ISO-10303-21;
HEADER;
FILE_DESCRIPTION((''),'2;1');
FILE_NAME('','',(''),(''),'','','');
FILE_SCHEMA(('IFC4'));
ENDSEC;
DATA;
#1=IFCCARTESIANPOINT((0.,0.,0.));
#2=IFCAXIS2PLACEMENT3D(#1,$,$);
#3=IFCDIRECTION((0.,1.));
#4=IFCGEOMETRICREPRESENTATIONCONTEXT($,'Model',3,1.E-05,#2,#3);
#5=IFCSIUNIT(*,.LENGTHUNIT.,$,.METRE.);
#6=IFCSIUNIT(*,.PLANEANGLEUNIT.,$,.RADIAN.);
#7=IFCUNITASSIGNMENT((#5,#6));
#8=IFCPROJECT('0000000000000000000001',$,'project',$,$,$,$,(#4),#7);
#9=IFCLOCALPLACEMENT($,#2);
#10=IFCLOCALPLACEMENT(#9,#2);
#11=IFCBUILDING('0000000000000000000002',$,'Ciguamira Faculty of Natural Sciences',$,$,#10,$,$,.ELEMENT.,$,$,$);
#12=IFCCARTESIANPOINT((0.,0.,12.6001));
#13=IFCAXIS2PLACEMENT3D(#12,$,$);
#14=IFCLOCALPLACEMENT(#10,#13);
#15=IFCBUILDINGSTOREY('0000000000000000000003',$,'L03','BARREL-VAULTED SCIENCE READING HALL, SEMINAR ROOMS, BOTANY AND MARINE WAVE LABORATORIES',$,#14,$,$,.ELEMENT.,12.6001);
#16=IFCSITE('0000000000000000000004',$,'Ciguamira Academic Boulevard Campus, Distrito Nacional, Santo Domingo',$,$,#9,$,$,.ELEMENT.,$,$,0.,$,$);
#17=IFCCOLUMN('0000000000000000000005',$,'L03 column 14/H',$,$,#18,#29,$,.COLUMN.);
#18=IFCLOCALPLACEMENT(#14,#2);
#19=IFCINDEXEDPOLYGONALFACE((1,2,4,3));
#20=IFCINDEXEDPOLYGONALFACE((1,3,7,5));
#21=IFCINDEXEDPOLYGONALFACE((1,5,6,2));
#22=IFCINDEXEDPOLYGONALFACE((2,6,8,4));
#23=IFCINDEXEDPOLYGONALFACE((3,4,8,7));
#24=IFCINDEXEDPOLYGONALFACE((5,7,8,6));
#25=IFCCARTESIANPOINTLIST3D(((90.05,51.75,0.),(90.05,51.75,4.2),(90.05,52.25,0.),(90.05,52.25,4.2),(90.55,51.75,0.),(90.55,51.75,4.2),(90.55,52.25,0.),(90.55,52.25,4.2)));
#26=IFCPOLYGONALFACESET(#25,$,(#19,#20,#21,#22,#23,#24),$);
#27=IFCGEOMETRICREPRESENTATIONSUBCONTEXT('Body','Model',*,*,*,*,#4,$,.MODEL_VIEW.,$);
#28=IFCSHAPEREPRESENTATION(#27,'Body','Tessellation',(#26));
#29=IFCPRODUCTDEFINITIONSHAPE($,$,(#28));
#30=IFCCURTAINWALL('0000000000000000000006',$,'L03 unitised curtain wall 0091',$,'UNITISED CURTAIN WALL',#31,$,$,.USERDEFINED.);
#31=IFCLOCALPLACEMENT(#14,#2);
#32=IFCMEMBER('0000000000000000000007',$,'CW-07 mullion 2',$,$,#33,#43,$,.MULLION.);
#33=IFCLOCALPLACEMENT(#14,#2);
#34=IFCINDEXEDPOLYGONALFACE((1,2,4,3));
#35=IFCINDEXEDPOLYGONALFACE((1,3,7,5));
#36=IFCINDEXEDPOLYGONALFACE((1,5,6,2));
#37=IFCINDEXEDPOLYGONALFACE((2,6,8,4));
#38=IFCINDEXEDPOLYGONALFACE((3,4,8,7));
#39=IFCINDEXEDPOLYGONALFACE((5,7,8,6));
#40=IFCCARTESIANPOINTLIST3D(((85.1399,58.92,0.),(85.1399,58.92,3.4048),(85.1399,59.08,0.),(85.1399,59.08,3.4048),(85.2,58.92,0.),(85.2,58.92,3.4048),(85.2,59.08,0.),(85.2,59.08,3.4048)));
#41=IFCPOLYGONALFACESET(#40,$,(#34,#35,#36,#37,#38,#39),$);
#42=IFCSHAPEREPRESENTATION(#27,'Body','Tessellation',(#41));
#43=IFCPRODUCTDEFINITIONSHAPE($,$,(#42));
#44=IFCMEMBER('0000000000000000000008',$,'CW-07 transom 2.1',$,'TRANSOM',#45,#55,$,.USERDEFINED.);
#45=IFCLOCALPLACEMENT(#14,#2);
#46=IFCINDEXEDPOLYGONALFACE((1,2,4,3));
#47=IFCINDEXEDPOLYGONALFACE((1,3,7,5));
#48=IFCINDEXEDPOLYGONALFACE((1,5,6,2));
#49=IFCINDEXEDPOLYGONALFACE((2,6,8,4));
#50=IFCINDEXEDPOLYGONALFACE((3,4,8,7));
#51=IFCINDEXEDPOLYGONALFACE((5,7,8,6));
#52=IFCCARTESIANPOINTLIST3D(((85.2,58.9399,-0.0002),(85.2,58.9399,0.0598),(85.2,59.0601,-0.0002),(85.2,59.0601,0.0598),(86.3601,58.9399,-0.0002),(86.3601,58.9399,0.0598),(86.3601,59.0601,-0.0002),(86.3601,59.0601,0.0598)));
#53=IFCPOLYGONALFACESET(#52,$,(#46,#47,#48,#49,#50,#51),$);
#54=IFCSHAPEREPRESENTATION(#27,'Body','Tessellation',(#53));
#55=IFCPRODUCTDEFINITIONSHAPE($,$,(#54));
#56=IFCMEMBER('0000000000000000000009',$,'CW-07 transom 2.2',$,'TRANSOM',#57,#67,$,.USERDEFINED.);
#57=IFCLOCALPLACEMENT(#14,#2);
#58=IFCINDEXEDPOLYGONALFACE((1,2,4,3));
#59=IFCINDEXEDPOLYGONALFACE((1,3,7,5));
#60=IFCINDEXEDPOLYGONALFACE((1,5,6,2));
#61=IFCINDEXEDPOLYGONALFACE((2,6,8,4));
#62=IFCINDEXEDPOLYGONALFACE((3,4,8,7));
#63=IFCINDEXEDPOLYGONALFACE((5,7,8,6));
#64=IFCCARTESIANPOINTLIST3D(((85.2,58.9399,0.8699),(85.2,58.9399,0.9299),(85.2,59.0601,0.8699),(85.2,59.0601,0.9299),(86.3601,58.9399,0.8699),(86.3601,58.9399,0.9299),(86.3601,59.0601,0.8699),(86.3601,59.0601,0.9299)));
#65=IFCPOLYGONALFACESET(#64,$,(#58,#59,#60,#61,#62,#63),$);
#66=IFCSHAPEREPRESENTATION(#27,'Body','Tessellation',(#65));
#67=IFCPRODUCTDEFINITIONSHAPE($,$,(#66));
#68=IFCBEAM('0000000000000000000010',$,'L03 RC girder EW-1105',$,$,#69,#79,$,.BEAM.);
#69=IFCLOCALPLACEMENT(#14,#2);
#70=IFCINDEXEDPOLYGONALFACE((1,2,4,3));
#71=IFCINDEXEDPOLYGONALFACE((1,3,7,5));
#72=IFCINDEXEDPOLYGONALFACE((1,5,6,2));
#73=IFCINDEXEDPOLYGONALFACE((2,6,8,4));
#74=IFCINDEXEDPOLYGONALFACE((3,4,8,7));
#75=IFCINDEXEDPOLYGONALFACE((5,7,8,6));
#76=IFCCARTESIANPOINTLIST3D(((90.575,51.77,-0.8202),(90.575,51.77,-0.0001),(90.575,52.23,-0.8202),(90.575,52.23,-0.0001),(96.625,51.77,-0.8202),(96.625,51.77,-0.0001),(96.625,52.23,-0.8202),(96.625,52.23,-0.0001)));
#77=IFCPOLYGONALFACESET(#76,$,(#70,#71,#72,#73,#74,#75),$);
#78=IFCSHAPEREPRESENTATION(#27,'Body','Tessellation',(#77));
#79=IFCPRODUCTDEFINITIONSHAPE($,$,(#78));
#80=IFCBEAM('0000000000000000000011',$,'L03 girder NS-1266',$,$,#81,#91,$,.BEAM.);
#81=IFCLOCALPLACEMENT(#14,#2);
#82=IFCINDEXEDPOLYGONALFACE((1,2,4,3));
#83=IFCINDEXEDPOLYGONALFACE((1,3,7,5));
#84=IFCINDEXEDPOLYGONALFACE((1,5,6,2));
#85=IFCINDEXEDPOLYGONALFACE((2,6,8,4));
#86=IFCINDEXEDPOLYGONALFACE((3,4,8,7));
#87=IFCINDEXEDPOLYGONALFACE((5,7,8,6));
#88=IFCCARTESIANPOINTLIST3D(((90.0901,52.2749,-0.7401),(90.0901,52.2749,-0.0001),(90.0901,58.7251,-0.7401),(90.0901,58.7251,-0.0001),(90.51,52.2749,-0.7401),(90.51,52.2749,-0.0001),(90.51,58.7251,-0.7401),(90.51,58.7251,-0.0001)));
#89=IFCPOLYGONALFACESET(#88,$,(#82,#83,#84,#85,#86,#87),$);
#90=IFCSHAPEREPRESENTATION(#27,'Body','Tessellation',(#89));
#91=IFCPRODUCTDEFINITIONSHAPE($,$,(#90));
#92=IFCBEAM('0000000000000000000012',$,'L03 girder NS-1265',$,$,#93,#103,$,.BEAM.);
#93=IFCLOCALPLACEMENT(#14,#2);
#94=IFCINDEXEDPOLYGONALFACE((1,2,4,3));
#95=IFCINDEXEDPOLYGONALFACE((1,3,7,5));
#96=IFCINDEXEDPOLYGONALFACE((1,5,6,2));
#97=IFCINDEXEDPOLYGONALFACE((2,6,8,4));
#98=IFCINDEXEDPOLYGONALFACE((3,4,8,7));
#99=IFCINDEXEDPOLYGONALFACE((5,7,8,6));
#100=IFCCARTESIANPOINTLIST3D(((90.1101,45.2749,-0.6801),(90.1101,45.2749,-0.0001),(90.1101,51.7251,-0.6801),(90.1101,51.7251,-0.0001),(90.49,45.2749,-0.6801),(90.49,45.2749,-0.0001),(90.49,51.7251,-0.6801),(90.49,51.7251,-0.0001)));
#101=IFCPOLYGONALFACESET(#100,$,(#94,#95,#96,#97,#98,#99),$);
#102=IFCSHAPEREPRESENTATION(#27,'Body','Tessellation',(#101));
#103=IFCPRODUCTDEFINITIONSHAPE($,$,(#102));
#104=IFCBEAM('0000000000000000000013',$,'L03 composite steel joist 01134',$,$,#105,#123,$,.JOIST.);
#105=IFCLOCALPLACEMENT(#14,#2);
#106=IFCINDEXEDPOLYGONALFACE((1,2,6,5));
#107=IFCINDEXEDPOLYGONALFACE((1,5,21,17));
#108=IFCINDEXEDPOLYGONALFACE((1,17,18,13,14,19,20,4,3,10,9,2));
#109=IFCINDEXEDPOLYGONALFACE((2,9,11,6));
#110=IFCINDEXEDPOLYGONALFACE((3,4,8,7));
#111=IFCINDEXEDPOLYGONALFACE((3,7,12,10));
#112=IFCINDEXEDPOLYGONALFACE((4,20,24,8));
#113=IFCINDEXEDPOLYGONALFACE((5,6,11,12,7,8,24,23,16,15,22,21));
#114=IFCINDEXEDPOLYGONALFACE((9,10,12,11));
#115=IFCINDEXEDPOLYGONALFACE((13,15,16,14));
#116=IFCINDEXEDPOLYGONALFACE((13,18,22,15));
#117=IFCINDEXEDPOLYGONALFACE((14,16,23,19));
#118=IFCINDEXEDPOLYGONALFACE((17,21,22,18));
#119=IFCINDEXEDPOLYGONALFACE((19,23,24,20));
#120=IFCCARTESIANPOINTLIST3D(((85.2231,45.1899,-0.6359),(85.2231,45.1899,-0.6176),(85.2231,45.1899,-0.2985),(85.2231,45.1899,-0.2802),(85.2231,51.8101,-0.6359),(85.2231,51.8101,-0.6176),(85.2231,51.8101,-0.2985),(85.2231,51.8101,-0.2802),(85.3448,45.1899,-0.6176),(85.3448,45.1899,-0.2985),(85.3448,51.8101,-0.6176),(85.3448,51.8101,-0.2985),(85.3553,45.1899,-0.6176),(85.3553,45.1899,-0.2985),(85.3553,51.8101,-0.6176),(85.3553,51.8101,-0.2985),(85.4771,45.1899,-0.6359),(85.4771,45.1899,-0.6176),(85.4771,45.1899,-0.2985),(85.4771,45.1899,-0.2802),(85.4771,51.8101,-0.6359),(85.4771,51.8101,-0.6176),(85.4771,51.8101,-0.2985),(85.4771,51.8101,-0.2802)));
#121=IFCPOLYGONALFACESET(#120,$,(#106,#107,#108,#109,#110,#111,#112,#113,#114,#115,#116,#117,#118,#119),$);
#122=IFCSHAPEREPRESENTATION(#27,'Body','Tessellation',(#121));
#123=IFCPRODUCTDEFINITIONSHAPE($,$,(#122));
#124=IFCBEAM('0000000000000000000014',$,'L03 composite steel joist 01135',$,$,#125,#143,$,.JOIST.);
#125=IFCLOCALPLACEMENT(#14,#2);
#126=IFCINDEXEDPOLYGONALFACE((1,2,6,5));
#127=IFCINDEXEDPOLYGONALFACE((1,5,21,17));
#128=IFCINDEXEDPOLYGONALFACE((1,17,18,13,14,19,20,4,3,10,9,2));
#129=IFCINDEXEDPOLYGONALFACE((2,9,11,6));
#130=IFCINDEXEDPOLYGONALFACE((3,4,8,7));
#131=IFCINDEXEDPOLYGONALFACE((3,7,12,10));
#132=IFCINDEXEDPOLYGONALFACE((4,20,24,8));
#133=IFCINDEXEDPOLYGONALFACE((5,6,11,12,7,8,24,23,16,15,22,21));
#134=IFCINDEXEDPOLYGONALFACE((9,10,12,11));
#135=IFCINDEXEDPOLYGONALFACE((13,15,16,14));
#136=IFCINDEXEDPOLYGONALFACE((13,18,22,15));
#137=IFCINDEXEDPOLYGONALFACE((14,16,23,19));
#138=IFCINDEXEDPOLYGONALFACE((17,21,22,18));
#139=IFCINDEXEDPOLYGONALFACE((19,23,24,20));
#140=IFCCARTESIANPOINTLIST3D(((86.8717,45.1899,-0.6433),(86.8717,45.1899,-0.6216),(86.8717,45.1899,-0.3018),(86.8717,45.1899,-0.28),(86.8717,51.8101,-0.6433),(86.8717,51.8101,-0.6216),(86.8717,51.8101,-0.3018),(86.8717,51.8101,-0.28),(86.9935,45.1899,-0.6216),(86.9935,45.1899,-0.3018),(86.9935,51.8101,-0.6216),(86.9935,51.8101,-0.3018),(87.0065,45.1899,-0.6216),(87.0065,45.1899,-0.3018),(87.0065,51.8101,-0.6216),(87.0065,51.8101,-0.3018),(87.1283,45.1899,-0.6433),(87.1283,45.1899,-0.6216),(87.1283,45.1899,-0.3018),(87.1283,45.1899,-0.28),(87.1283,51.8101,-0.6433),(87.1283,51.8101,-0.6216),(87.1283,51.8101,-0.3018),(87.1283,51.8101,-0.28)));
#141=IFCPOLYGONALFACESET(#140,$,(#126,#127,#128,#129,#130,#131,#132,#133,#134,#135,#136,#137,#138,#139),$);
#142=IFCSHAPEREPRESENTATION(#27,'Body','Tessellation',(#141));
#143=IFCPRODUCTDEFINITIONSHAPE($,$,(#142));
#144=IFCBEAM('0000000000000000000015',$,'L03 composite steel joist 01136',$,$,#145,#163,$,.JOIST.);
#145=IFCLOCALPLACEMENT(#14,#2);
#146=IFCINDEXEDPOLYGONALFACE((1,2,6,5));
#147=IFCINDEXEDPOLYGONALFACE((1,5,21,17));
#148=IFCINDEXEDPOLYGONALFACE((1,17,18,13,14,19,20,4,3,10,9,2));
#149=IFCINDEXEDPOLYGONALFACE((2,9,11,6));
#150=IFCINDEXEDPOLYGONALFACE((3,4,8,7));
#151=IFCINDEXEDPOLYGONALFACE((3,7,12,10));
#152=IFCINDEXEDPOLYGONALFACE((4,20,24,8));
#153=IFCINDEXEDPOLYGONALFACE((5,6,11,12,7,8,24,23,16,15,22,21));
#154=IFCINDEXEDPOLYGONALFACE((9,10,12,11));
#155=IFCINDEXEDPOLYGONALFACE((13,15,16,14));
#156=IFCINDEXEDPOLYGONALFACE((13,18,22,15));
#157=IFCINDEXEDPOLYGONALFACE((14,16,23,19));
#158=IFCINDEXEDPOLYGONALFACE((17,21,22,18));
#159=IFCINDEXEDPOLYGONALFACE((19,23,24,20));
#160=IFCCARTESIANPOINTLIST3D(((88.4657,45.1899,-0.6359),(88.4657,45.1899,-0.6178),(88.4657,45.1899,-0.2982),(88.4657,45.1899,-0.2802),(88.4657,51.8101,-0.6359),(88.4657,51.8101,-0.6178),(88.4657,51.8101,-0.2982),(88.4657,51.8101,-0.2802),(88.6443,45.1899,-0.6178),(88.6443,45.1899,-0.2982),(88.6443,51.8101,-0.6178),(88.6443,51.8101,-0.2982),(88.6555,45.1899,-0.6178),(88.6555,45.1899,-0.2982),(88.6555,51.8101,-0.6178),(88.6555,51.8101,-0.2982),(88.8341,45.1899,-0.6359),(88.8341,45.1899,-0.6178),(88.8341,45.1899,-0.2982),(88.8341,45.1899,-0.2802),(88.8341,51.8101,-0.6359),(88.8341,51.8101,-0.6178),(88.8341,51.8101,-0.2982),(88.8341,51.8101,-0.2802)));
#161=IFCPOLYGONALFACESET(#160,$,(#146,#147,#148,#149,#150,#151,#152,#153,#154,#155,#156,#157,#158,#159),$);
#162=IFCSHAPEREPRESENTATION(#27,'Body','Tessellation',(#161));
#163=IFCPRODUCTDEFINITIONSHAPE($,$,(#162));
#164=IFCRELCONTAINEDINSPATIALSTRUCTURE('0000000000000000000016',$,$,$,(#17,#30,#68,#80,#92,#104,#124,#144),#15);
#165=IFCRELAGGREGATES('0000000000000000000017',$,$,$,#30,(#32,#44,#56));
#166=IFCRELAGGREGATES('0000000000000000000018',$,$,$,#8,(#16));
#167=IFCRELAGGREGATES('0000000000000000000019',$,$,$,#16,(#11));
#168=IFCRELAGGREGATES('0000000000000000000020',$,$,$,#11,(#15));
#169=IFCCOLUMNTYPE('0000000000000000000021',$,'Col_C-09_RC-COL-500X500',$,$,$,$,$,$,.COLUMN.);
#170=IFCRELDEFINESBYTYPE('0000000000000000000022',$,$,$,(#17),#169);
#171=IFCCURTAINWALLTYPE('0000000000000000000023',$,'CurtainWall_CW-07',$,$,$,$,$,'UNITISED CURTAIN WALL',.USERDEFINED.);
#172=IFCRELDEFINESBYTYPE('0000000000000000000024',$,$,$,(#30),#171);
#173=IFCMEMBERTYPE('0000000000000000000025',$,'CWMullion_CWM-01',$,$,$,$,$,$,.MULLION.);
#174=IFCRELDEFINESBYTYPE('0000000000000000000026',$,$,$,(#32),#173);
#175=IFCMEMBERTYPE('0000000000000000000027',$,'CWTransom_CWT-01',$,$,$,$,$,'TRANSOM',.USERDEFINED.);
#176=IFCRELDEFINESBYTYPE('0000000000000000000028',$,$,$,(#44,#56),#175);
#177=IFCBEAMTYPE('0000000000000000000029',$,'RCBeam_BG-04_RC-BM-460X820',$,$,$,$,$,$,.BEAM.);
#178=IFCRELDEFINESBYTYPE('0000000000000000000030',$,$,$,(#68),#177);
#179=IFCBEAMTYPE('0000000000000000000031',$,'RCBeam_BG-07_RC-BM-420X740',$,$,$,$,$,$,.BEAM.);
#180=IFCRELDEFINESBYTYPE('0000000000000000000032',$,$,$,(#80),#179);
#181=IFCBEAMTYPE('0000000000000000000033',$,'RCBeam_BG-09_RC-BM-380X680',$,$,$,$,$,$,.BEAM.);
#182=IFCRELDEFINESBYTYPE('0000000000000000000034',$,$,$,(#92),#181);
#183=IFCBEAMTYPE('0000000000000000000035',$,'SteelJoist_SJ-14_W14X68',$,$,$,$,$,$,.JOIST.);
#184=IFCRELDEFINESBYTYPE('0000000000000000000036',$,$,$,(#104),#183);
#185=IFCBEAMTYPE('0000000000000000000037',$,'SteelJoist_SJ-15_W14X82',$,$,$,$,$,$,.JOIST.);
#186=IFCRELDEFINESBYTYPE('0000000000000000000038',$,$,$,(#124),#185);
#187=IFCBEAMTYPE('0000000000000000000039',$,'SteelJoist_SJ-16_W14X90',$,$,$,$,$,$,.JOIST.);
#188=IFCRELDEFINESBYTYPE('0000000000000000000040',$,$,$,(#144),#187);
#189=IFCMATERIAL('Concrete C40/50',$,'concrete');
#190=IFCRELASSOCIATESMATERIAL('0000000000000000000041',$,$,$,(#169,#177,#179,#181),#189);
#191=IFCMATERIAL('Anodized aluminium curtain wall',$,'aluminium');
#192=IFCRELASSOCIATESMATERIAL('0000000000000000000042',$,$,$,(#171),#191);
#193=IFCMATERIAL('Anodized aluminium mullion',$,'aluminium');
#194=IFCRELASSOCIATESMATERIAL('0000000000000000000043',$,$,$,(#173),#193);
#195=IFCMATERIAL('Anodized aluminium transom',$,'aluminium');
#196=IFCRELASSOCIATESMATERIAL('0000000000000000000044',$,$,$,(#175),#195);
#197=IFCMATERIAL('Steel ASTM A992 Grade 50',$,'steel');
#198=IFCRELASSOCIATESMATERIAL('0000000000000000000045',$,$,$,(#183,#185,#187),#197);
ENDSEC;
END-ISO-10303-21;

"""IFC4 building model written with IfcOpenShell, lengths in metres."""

from ifc_helpers import new_model, si_unit, direction, frame, origin, origin_2d, place, context, subcontext, project, spatial, rectangle, i_section, extrude, material, material_profile, profile_set, type_object, element, aggregate, save


model = new_model("IFC4")

# Units and contexts
model_context = context("Model", 3, precision=1e-05, world=origin(), true_north=direction((0.0, 1.0)))
body_context = subcontext(model_context, "Body", "Model", "MODEL_VIEW")
ifc_project = project(units=[si_unit("LENGTHUNIT", "METRE"), si_unit("PLANEANGLEUNIT", "RADIAN")], contexts=[model_context])

# Site, building, storey
site_placement = place(None, origin())
site = spatial("IfcSite", under=ifc_project, at=site_placement, Name="Ciguamira Academic Boulevard Campus, Distrito Nacional, Santo Domingo", CompositionType="ELEMENT", RefElevation=0.0)
building_placement = place(site_placement, origin())
building = spatial("IfcBuilding", under=site, at=building_placement, Name="Ciguamira Faculty of Natural Sciences", CompositionType="ELEMENT")
storey_placement = place(building_placement, frame((0.0, 0.0, 12.6001)))
storey = spatial("IfcBuildingStorey", under=building, at=storey_placement, Name="L03", Description="BARREL-VAULTED SCIENCE READING HALL, SEMINAR ROOMS, BOTANY AND MARINE WAVE LABORATORIES", CompositionType="ELEMENT", Elevation=12.6001)

# Column
ifc_material_1 = material(Name="Concrete C40/50", Category="concrete")
ifc_material_profile_1 = material_profile(ifc_material_1, rectangle(XDim=0.5, YDim=0.5, at=origin_2d()), Name="RC-COL-500X500")
ifc_profile_set_1 = profile_set([ifc_material_profile_1], Name="Concrete C40/50")
column_type = type_object("IfcColumnType", Name="Col_C-09_RC-COL-500X500", PredefinedType="COLUMN", material=ifc_profile_set_1)
column_placement = place(storey_placement, frame((90.3, 52.0, 0.0), z_axis=(0.0, 0.0, 1.0), x_axis=(1.0, 0.0, 0.0)))
element("IfcColumn", 1, at=column_placement, inside=storey, type_object=column_type, Name="L03 column 14/H", PredefinedType="COLUMN", context=body_context, shape_type="SweptSolid", body=[
    extrude(rectangle(XDim=0.5, YDim=0.5, at=origin_2d()), origin(), (0.0, 0.0, 1.0), 4.2),
])

# Curtain wall, members
ifc_material_2 = material(Name="Anodized aluminium curtain wall", Category="aluminium")
curtain_wall_type = type_object("IfcCurtainWallType", Name="CurtainWall_CW-07", ElementType="UNITISED CURTAIN WALL", PredefinedType="USERDEFINED", material=ifc_material_2)
curtain_wall_placement = place(storey_placement, origin())
curtain_wall = element("IfcCurtainWall", 2, at=curtain_wall_placement, inside=storey, type_object=curtain_wall_type, Name="L03 unitised curtain wall 0091", ObjectType="UNITISED CURTAIN WALL", PredefinedType="USERDEFINED")
ifc_material_3 = material(Name="Anodized aluminium mullion", Category="aluminium")
ifc_material_profile_2 = material_profile(ifc_material_3, rectangle(XDim=0.0601, YDim=0.1599, at=origin_2d()), Name="ALU-MUL-60X160")
ifc_profile_set_2 = profile_set([ifc_material_profile_2], Name="Anodized aluminium mullion")
member_type_1 = type_object("IfcMemberType", Name="CWMullion_CWM-01", PredefinedType="MULLION", material=ifc_profile_set_2)
member_1_placement = place(storey_placement, frame((85.1699, 59.0, 0.0), z_axis=(0.0, 0.0, 1.0), x_axis=(1.0, 0.0, 0.0)))
member_1 = element("IfcMember", 3, at=member_1_placement, type_object=member_type_1, Name="CW-07 mullion 2", PredefinedType="MULLION", context=body_context, shape_type="SweptSolid", body=[
    extrude(rectangle(XDim=0.0601, YDim=0.1599, at=origin_2d()), origin(), (0.0, 0.0, 1.0), 3.4048),
])
ifc_material_4 = material(Name="Anodized aluminium transom", Category="aluminium")
ifc_material_profile_3 = material_profile(ifc_material_4, rectangle(XDim=0.0601, YDim=0.1201, at=origin_2d()), Name="ALU-TRN-60X120")
ifc_profile_set_3 = profile_set([ifc_material_profile_3], Name="Anodized aluminium transom")
member_type_2 = type_object("IfcMemberType", Name="CWTransom_CWT-01", ElementType="TRANSOM", PredefinedType="USERDEFINED", material=ifc_profile_set_3)
member_2_placement = place(storey_placement, frame((85.2, 59.0, 0.0298), z_axis=(1.0, 0.0, 0.0), x_axis=(0.0, 0.0, 1.0)))
member_2 = element("IfcMember", 4, at=member_2_placement, type_object=member_type_2, Name="CW-07 transom 2.1", ObjectType="TRANSOM", PredefinedType="USERDEFINED", context=body_context, shape_type="SweptSolid", body=[
    extrude(rectangle(XDim=0.0601, YDim=0.1201, at=origin_2d()), origin(), (0.0, 0.0, 1.0), 1.1602),
])
member_3_placement = place(storey_placement, frame((85.2, 59.0, 0.8999), z_axis=(1.0, 0.0, 0.0), x_axis=(0.0, 0.0, 1.0)))
member_3 = element("IfcMember", 5, at=member_3_placement, type_object=member_type_2, Name="CW-07 transom 2.2", ObjectType="TRANSOM", PredefinedType="USERDEFINED", context=body_context, shape_type="SweptSolid", body=[
    extrude(rectangle(XDim=0.0601, YDim=0.1201, at=origin_2d()), origin(), (0.0, 0.0, 1.0), 1.1602),
])
aggregate(curtain_wall, [member_1, member_2, member_3])

# Beams
ifc_material_profile_4 = material_profile(ifc_material_1, rectangle(XDim=0.46, YDim=0.8201, at=origin_2d()), Name="RC-BM-460X820")
ifc_profile_set_4 = profile_set([ifc_material_profile_4], Name="Concrete C40/50")
beam_type_1 = type_object("IfcBeamType", Name="RCBeam_BG-04_RC-BM-460X820", PredefinedType="BEAM", material=ifc_profile_set_4)
beam_1_placement = place(storey_placement, frame((90.575, 52.0, -0.4102), z_axis=(1.0, 0.0, 0.0), x_axis=(0.0, 1.0, 0.0)))
element("IfcBeam", 6, at=beam_1_placement, inside=storey, type_object=beam_type_1, Name="L03 RC girder EW-1105", PredefinedType="BEAM", context=body_context, shape_type="SweptSolid", body=[
    extrude(rectangle(XDim=0.46, YDim=0.8201, at=origin_2d()), origin(), (0.0, 0.0, 1.0), 6.05),
])
ifc_material_profile_5 = material_profile(ifc_material_1, rectangle(XDim=0.4199, YDim=0.74, at=origin_2d()), Name="RC-BM-420X740")
ifc_profile_set_5 = profile_set([ifc_material_profile_5], Name="Concrete C40/50")
beam_type_2 = type_object("IfcBeamType", Name="RCBeam_BG-07_RC-BM-420X740", PredefinedType="BEAM", material=ifc_profile_set_5)
beam_2_placement = place(storey_placement, frame((90.3, 52.2749, -0.3701), z_axis=(0.0, 1.0, 0.0), x_axis=(-1.0, 0.0, 0.0)))
element("IfcBeam", 7, at=beam_2_placement, inside=storey, type_object=beam_type_2, Name="L03 girder NS-1266", PredefinedType="BEAM", context=body_context, shape_type="SweptSolid", body=[
    extrude(rectangle(XDim=0.4199, YDim=0.74, at=origin_2d()), origin(), (0.0, 0.0, 1.0), 6.4502),
])
ifc_material_profile_6 = material_profile(ifc_material_1, rectangle(XDim=0.3799, YDim=0.6799, at=origin_2d()), Name="RC-BM-380X680")
ifc_profile_set_6 = profile_set([ifc_material_profile_6], Name="Concrete C40/50")
beam_type_3 = type_object("IfcBeamType", Name="RCBeam_BG-09_RC-BM-380X680", PredefinedType="BEAM", material=ifc_profile_set_6)
beam_3_placement = place(storey_placement, frame((90.3, 45.2749, -0.3401), z_axis=(0.0, 1.0, 0.0), x_axis=(-1.0, 0.0, 0.0)))
element("IfcBeam", 8, at=beam_3_placement, inside=storey, type_object=beam_type_3, Name="L03 girder NS-1265", PredefinedType="BEAM", context=body_context, shape_type="SweptSolid", body=[
    extrude(rectangle(XDim=0.3799, YDim=0.6799, at=origin_2d()), origin(), (0.0, 0.0, 1.0), 6.4502),
])
ifc_material_5 = material(Name="Steel ASTM A992 Grade 50", Category="steel")
ifc_material_profile_7 = material_profile(ifc_material_5, i_section(OverallWidth=0.2539, OverallDepth=0.3557, WebThickness=0.0105, FlangeThickness=0.0183, at=origin_2d()), Name="W14X68")
ifc_profile_set_7 = profile_set([ifc_material_profile_7], Name="Steel ASTM A992 Grade 50")
beam_type_4 = type_object("IfcBeamType", Name="SteelJoist_SJ-14_W14X68", PredefinedType="JOIST", material=ifc_profile_set_7)
beam_4_placement = place(storey_placement, frame((85.3501, 45.1899, -0.458), z_axis=(0.0, 1.0, 0.0), x_axis=(-1.0, 0.0, 0.0)))
element("IfcBeam", 9, at=beam_4_placement, inside=storey, type_object=beam_type_4, Name="L03 composite steel joist 01134", PredefinedType="JOIST", context=body_context, shape_type="SweptSolid", body=[
    extrude(i_section(OverallWidth=0.2539, OverallDepth=0.3557, WebThickness=0.0105, FlangeThickness=0.0183, at=origin_2d()), origin(), (0.0, 0.0, 1.0), 6.6201),
])
ifc_material_profile_8 = material_profile(ifc_material_5, i_section(OverallWidth=0.2566, OverallDepth=0.3633, WebThickness=0.0129, FlangeThickness=0.0217, at=origin_2d()), Name="W14X82")
ifc_profile_set_8 = profile_set([ifc_material_profile_8], Name="Steel ASTM A992 Grade 50")
beam_type_5 = type_object("IfcBeamType", Name="SteelJoist_SJ-15_W14X82", PredefinedType="JOIST", material=ifc_profile_set_8)
beam_5_placement = place(storey_placement, frame((87.0, 45.1899, -0.4617), z_axis=(0.0, 1.0, 0.0), x_axis=(-1.0, 0.0, 0.0)))
element("IfcBeam", 10, at=beam_5_placement, inside=storey, type_object=beam_type_5, Name="L03 composite steel joist 01135", PredefinedType="JOIST", context=body_context, shape_type="SweptSolid", body=[
    extrude(i_section(OverallWidth=0.2566, OverallDepth=0.3633, WebThickness=0.0129, FlangeThickness=0.0217, at=origin_2d()), origin(), (0.0, 0.0, 1.0), 6.6201),
])
ifc_material_profile_9 = material_profile(ifc_material_5, i_section(OverallWidth=0.3684, OverallDepth=0.3557, WebThickness=0.0112, FlangeThickness=0.0181, at=origin_2d()), Name="W14X90")
ifc_profile_set_9 = profile_set([ifc_material_profile_9], Name="Steel ASTM A992 Grade 50")
beam_type_6 = type_object("IfcBeamType", Name="SteelJoist_SJ-16_W14X90", PredefinedType="JOIST", material=ifc_profile_set_9)
beam_6_placement = place(storey_placement, frame((88.6499, 45.1899, -0.458), z_axis=(0.0, 1.0, 0.0), x_axis=(-1.0, 0.0, 0.0)))
element("IfcBeam", 11, at=beam_6_placement, inside=storey, type_object=beam_type_6, Name="L03 composite steel joist 01136", PredefinedType="JOIST", context=body_context, shape_type="SweptSolid", body=[
    extrude(i_section(OverallWidth=0.3684, OverallDepth=0.3557, WebThickness=0.0112, FlangeThickness=0.0181, at=origin_2d()), origin(), (0.0, 0.0, 1.0), 6.6201),
])

save(model, "model.ifc")
